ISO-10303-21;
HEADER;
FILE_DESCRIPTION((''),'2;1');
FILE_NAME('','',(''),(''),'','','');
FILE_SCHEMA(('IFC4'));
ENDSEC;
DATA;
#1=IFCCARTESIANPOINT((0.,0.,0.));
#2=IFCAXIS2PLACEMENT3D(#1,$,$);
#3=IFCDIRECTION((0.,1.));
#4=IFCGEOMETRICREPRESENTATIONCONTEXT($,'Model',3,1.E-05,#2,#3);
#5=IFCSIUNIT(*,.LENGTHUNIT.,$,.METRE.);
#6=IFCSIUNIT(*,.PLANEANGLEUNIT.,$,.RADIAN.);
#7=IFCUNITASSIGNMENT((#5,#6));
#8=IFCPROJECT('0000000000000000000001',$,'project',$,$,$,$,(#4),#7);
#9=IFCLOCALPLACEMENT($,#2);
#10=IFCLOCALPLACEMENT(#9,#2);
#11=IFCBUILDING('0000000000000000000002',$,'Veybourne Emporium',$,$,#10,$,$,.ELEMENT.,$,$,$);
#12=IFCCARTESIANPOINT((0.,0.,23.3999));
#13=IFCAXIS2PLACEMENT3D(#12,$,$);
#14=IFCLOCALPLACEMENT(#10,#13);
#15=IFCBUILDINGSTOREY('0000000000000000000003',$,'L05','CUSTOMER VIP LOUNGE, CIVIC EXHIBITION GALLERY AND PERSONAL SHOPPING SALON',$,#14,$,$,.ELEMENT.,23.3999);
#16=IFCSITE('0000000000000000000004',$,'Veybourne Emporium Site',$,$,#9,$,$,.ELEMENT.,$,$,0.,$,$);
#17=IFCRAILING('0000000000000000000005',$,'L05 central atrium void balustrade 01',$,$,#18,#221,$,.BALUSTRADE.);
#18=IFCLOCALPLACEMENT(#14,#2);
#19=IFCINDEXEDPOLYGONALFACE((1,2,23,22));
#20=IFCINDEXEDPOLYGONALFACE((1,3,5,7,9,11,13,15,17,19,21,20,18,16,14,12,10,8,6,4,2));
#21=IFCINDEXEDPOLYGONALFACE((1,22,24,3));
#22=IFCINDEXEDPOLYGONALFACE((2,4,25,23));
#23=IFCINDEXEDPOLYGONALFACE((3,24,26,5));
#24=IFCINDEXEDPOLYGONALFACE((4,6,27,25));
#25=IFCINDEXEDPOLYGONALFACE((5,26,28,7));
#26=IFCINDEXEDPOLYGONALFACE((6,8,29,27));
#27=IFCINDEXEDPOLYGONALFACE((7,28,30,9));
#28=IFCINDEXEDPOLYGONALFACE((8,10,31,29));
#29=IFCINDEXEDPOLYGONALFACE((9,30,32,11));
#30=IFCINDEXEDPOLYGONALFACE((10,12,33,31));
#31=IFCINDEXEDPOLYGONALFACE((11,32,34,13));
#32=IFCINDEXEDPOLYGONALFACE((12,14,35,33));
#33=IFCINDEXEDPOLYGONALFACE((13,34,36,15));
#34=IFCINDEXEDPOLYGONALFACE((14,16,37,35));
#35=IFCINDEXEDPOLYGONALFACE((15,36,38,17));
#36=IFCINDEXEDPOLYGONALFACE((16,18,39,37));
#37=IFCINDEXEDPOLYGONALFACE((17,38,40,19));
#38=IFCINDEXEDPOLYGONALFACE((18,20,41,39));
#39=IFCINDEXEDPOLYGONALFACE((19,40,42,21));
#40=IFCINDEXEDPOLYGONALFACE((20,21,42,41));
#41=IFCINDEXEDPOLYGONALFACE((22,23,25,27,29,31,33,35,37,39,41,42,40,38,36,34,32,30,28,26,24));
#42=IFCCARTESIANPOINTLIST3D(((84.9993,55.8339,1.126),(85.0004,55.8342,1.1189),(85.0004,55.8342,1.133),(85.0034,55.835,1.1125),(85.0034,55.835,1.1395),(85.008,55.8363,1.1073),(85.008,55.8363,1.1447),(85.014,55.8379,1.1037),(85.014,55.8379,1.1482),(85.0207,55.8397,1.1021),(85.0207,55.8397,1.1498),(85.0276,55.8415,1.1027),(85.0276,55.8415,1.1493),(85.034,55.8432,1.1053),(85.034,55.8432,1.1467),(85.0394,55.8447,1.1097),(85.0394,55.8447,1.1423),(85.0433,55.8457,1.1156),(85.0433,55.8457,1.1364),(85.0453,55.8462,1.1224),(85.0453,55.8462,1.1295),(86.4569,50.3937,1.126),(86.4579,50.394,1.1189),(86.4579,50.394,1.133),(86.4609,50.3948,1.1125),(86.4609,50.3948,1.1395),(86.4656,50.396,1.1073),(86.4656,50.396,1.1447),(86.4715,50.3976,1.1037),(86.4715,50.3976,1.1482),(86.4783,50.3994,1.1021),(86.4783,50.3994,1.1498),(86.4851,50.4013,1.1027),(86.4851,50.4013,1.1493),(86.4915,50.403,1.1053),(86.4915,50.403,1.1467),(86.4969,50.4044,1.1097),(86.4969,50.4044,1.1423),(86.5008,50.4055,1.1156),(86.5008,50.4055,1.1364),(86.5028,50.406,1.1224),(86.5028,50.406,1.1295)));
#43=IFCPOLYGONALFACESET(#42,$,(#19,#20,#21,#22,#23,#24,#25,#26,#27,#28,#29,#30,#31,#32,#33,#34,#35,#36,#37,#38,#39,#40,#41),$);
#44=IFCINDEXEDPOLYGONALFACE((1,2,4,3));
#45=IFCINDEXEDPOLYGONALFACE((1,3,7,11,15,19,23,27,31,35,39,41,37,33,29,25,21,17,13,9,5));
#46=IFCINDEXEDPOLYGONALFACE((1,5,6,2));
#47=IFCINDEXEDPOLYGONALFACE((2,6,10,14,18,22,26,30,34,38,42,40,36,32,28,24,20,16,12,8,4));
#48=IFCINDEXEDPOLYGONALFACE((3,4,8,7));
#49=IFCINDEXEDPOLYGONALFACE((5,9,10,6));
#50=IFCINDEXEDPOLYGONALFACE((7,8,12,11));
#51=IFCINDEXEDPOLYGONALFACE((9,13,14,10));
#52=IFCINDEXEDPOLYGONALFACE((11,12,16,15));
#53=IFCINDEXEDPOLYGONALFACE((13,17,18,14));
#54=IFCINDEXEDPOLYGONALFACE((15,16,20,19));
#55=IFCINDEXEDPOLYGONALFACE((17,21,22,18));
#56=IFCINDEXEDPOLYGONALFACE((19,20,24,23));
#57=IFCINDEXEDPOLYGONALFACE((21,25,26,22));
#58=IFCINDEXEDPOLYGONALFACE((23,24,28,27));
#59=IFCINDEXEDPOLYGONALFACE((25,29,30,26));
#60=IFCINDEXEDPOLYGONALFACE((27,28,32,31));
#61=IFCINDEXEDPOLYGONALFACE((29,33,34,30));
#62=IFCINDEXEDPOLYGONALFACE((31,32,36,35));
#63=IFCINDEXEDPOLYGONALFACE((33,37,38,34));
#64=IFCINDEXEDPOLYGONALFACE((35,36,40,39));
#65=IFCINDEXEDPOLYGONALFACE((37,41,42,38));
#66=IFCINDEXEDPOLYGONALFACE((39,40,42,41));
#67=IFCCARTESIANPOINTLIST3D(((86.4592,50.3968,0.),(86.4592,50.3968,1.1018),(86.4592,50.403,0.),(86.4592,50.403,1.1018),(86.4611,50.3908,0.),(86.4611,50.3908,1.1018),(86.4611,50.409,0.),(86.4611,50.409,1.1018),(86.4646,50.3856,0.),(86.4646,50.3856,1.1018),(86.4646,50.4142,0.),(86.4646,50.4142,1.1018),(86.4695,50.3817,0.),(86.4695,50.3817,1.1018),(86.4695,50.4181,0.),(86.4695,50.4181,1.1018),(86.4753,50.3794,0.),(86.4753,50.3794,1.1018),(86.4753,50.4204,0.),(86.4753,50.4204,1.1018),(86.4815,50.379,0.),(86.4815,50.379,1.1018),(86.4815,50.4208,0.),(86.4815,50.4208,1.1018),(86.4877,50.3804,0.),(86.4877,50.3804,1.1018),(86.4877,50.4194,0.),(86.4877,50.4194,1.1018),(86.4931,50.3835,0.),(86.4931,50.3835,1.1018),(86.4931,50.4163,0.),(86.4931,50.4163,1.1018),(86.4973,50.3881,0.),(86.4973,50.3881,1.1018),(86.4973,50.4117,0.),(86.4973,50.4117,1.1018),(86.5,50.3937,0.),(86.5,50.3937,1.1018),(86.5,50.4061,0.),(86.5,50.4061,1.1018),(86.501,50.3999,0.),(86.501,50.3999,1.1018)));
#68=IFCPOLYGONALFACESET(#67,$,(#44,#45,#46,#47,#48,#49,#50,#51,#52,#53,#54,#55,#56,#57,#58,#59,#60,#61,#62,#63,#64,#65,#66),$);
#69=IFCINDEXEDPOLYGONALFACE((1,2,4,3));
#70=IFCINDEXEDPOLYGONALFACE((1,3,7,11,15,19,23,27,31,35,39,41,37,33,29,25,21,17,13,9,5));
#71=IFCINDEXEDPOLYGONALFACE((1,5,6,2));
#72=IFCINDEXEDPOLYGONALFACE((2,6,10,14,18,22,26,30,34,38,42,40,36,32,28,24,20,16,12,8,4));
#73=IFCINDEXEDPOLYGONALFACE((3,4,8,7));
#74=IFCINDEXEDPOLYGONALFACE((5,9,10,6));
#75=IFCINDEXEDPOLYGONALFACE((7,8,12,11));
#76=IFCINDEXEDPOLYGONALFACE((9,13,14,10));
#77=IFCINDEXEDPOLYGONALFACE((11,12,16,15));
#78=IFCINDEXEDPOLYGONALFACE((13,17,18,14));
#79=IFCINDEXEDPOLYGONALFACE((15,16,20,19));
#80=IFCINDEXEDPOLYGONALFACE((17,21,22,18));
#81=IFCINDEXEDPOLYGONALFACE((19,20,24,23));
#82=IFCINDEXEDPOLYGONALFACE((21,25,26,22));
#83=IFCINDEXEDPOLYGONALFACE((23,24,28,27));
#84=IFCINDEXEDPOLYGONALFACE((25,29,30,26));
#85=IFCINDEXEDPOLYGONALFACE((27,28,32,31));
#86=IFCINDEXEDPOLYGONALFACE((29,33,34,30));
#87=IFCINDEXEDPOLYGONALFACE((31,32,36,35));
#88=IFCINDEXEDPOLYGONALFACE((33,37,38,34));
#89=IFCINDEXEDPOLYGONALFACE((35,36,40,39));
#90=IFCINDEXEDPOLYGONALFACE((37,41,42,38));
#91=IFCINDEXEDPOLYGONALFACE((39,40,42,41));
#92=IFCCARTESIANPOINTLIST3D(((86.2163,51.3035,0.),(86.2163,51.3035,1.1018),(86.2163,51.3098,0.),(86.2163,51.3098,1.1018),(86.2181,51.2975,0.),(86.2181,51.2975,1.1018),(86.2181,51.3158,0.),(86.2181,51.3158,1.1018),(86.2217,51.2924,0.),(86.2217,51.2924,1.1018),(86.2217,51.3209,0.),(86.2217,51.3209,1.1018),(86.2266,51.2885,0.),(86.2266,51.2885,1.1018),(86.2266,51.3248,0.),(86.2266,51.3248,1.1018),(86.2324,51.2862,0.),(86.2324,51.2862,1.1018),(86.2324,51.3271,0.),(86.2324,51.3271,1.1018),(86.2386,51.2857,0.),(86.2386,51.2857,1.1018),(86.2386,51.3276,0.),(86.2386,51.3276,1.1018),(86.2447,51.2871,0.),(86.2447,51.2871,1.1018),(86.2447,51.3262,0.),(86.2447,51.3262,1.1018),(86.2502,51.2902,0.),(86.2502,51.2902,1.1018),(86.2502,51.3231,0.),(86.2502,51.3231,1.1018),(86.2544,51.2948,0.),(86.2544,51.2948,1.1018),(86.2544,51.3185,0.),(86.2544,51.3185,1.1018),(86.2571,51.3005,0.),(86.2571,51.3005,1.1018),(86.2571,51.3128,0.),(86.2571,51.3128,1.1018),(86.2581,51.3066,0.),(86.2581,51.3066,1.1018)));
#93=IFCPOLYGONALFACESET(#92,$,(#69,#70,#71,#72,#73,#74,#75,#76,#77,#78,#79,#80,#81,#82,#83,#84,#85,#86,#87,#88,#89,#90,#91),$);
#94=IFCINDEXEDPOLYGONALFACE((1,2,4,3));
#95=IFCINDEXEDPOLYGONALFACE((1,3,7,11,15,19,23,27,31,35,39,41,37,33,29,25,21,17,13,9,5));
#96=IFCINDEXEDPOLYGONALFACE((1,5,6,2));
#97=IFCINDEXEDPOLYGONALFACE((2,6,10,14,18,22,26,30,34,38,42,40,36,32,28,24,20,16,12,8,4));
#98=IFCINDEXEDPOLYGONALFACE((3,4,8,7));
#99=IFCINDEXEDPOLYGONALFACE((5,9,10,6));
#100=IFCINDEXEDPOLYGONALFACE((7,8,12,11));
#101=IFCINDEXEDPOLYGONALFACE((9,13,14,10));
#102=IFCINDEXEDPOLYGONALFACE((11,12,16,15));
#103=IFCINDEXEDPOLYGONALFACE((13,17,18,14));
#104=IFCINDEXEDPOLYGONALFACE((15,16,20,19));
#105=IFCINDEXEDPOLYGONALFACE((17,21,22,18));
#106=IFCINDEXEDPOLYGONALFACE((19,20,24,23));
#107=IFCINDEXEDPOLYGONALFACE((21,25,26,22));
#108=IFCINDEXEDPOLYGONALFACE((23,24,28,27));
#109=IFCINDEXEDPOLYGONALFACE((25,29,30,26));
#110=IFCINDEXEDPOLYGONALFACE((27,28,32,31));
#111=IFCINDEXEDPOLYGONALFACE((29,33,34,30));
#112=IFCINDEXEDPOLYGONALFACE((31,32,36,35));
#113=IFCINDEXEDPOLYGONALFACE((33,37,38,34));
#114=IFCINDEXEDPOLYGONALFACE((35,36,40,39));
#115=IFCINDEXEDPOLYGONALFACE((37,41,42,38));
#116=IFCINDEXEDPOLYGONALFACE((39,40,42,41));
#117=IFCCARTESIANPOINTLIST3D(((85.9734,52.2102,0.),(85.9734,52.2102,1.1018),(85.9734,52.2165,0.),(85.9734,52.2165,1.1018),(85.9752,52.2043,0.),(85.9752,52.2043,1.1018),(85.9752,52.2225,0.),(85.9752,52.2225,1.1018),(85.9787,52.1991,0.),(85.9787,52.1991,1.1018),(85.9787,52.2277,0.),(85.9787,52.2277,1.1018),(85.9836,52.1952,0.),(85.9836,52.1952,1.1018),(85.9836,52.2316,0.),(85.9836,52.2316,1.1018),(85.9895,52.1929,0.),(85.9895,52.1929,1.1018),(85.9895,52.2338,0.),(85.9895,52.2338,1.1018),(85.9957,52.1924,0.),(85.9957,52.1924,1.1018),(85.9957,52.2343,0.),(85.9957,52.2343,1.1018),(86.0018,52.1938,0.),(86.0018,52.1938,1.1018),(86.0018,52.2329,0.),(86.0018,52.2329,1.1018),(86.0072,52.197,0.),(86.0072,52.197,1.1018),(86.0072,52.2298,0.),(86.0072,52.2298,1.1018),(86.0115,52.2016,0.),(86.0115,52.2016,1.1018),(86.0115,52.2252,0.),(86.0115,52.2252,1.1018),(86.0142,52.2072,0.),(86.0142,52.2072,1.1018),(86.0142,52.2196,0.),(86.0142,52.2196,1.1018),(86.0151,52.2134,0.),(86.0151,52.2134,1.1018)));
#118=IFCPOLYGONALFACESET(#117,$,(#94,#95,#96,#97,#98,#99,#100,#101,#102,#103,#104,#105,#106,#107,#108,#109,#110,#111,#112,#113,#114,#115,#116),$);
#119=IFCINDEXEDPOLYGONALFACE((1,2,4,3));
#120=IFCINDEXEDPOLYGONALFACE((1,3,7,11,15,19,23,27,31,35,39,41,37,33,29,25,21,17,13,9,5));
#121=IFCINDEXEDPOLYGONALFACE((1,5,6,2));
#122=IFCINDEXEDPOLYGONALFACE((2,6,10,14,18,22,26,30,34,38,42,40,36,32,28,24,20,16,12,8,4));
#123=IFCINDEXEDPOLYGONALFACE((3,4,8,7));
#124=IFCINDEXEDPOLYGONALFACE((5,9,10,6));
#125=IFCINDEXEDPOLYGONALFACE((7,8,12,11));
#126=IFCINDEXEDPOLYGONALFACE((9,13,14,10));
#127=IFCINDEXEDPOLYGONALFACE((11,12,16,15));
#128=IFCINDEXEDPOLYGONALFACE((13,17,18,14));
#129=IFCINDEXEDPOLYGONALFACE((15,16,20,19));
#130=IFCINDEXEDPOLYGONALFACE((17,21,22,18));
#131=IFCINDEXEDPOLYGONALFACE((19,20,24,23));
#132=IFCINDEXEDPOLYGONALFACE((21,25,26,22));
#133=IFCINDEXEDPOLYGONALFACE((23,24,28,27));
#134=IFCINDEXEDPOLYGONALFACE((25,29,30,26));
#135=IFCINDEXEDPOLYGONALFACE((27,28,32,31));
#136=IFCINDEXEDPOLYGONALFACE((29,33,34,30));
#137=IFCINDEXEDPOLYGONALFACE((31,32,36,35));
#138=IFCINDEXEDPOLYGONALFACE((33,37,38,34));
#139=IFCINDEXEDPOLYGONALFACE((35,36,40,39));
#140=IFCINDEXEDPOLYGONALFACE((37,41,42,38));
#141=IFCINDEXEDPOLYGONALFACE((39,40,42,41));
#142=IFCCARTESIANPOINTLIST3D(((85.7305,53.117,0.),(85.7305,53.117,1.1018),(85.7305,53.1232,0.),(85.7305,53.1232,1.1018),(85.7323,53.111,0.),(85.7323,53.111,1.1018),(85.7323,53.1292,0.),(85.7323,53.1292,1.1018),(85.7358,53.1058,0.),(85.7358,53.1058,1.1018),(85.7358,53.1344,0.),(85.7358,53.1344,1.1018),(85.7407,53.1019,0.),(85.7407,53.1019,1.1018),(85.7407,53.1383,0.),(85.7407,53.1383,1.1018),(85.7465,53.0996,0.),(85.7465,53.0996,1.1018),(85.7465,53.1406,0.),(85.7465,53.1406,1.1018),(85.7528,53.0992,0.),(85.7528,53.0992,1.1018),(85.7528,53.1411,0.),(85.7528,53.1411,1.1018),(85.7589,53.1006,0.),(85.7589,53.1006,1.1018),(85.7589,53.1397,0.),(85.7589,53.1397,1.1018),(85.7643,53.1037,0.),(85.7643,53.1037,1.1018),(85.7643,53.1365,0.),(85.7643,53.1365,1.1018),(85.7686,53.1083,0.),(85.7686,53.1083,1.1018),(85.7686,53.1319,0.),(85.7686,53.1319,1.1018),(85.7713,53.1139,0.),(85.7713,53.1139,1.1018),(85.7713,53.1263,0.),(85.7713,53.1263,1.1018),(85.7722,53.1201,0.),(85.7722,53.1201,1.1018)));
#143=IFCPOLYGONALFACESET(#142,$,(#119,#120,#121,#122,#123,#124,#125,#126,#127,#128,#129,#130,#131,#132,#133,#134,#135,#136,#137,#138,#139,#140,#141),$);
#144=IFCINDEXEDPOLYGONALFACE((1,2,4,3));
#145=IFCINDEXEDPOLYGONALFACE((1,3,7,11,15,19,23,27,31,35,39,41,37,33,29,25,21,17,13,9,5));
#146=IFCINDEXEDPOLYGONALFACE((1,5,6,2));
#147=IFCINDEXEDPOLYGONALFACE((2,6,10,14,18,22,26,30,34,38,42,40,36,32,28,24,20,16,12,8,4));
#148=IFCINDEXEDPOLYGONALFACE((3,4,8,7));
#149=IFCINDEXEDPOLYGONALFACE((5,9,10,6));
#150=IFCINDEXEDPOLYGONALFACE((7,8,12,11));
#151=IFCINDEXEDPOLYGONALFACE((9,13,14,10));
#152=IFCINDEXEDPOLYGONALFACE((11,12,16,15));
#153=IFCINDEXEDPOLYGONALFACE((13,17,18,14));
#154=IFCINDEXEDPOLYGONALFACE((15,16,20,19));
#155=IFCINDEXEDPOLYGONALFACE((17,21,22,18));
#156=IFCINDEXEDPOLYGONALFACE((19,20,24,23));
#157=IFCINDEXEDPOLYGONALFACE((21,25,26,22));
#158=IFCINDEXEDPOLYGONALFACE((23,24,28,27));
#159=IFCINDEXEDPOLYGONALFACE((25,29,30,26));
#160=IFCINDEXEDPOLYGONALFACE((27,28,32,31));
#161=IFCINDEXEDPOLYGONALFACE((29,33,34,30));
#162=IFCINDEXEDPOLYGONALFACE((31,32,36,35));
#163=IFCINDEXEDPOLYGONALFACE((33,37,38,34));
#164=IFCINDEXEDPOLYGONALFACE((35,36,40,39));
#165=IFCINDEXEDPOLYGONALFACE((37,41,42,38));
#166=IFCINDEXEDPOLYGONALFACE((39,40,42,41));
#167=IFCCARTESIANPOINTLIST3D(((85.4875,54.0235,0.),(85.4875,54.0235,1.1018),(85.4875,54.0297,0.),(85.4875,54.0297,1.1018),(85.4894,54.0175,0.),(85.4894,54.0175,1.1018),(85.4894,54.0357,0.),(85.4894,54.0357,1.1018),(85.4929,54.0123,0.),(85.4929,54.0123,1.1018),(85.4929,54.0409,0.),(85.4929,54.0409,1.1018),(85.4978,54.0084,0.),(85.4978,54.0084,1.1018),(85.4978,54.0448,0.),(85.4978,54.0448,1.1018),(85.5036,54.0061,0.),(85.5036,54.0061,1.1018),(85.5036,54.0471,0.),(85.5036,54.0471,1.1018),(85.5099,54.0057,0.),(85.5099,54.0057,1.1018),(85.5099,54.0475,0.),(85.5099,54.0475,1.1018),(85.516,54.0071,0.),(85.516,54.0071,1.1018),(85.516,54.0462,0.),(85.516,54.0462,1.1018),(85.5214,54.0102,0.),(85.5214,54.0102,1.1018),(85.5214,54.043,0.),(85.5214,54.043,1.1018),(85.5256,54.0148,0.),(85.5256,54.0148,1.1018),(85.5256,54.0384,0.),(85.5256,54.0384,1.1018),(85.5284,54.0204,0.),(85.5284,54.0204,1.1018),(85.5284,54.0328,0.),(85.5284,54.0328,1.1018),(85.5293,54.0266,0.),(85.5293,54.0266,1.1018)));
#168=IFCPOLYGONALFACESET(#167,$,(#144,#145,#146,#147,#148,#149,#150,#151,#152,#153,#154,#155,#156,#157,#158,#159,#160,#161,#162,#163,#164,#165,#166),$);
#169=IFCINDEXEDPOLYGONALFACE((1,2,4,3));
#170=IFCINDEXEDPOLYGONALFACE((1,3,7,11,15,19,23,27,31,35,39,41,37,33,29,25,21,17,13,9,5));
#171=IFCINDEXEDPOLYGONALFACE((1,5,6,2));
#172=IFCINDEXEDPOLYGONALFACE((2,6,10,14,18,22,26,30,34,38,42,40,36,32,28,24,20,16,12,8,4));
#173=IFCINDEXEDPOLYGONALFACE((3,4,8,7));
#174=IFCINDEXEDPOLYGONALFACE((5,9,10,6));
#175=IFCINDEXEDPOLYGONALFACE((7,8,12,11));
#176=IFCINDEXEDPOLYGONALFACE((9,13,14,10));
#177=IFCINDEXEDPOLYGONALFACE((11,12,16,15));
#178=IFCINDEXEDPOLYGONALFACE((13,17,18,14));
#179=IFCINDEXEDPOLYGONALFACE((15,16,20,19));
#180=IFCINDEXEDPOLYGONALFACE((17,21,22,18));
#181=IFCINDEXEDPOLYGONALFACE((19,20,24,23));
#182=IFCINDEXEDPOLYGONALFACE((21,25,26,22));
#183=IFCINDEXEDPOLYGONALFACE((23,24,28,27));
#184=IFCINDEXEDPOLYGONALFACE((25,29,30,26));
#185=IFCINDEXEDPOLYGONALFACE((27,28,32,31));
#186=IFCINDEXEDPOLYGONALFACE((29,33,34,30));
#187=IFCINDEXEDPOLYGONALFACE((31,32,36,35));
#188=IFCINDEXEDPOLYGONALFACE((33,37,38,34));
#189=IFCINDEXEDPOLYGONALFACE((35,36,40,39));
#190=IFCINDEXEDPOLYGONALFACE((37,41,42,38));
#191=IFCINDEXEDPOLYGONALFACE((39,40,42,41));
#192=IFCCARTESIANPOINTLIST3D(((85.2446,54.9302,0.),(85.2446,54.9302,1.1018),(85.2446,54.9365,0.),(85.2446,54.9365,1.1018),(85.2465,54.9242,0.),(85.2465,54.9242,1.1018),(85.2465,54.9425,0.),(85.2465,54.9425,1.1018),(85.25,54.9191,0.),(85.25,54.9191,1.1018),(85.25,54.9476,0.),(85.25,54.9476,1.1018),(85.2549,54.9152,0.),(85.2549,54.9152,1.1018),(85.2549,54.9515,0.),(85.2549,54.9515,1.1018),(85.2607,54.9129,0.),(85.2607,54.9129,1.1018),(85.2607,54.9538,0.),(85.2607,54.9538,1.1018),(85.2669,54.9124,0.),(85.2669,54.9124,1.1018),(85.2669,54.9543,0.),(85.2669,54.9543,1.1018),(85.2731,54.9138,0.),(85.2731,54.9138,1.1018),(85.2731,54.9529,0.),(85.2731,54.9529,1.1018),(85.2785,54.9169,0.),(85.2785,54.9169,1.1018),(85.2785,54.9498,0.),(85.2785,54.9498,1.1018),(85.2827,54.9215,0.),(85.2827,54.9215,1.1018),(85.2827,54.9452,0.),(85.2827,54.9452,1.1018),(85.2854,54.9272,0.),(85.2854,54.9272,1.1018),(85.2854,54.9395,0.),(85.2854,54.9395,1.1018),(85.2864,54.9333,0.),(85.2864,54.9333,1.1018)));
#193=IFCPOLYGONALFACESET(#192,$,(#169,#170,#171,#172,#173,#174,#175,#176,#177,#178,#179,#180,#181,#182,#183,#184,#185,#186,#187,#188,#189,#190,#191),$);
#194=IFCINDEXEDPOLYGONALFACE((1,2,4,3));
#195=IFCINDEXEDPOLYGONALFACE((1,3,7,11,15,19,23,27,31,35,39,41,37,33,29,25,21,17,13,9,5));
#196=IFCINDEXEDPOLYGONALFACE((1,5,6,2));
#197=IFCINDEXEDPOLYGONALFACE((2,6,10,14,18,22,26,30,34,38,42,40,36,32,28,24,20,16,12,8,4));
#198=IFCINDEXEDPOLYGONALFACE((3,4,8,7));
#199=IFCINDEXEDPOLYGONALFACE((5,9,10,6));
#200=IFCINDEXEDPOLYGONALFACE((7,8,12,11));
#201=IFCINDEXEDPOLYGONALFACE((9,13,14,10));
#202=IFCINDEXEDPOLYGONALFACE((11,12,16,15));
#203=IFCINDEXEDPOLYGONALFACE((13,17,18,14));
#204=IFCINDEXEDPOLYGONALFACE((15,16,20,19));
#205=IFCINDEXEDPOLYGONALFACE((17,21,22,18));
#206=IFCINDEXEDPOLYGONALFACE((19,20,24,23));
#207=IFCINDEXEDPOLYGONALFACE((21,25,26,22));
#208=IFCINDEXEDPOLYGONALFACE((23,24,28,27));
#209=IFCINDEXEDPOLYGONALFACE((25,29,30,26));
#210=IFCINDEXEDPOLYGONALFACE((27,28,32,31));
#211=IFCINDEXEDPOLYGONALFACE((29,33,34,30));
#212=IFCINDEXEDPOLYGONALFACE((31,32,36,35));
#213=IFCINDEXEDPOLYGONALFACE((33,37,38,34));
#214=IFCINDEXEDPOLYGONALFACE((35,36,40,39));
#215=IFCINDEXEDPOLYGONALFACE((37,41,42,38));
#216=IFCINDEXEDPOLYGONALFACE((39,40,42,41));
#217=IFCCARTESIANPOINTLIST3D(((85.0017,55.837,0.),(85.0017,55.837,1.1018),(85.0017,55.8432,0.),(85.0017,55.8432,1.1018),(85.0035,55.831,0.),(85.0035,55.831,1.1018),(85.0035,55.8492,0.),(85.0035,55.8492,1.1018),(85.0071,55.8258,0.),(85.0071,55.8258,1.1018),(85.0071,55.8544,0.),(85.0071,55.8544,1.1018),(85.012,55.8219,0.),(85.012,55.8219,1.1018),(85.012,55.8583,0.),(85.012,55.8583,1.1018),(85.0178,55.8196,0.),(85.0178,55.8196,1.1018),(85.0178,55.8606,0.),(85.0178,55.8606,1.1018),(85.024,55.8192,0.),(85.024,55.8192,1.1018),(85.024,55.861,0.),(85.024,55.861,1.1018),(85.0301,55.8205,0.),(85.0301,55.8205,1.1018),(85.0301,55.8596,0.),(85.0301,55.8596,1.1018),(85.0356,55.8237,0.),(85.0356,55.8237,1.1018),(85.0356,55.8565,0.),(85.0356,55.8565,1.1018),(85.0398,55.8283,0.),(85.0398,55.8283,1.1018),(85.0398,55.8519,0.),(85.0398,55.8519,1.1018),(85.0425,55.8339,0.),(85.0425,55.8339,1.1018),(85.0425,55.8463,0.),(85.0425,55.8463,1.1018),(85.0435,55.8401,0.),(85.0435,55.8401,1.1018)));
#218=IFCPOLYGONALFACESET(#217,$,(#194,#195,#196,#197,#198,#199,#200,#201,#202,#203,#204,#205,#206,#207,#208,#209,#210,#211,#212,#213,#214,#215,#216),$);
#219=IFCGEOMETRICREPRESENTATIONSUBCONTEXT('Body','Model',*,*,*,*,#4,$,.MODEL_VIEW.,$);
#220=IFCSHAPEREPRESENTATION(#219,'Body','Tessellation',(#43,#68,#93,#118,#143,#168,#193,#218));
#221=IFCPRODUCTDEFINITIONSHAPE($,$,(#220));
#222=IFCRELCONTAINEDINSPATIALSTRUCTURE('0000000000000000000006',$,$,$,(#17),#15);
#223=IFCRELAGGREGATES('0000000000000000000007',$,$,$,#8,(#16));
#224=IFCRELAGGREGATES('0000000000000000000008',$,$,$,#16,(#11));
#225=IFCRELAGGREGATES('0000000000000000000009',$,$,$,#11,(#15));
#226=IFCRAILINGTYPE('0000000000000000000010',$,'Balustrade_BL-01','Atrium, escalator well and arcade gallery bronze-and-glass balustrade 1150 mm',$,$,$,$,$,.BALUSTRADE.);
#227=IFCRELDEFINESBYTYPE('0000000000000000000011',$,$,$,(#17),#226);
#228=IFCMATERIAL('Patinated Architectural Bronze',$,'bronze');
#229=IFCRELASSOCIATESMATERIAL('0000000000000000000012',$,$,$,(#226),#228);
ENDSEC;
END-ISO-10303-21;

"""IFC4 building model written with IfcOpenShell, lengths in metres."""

from ifc_helpers import new_model, si_unit, direction, frame, origin, origin_2d, place, context, subcontext, project, spatial, circle, extrude, material, type_object, element, save


model = new_model("IFC4")

# Units and contexts
model_context = context("Model", 3, precision=1e-05, world=origin(), true_north=direction((0.0, 1.0)))
body_context = subcontext(model_context, "Body", "Model", "MODEL_VIEW")
ifc_project = project(units=[si_unit("LENGTHUNIT", "METRE"), si_unit("PLANEANGLEUNIT", "RADIAN")], contexts=[model_context])

# Site, building, storey
site_placement = place(None, origin())
site = spatial("IfcSite", under=ifc_project, at=site_placement, Name="Veybourne Emporium Site", CompositionType="ELEMENT", RefElevation=0.0)
building_placement = place(site_placement, origin())
building = spatial("IfcBuilding", under=site, at=building_placement, Name="Veybourne Emporium", CompositionType="ELEMENT")
storey_placement = place(building_placement, frame((0.0, 0.0, 23.3999)))
storey = spatial("IfcBuildingStorey", under=building, at=storey_placement, Name="L05", Description="CUSTOMER VIP LOUNGE, CIVIC EXHIBITION GALLERY AND PERSONAL SHOPPING SALON", CompositionType="ELEMENT", Elevation=23.3999)

# Shared definitions
ifc_material_1 = material(Name="Patinated Architectural Bronze", Category="bronze")

# Railing
railing_type = type_object("IfcRailingType", Name="Balustrade_BL-01", Description="Atrium, escalator well and arcade gallery bronze-and-glass balustrade 1150 mm", PredefinedType="BALUSTRADE", material=ifc_material_1)
railing_1_placement = place(storey_placement, frame((86.48, 50.3999, 0.0)))
element("IfcRailing", 1, at=railing_1_placement, inside=storey, type_object=railing_type, Name="L05 central atrium void balustrade 01", PredefinedType="BALUSTRADE", context=body_context, shape_type="SweptSolid", body=[
    extrude(circle(Radius=0.0239, at=origin_2d()), frame((0.0, 0.0, 1.126), z_axis=(-0.25879, 0.965934, 0.0), x_axis=(-0.965934, -0.25879, 0.0)), (0.0, 0.0, 1.0), 5.6321),
    extrude(circle(Radius=0.021, at=origin_2d()), origin(), (0.0, 0.0, 1.0), 1.1018),
    extrude(circle(Radius=0.021, at=origin_2d()), frame((-0.2429, 0.9067, 0.0)), (0.0, 0.0, 1.0), 1.1018),
    extrude(circle(Radius=0.021, at=origin_2d()), frame((-0.4858, 1.8135, 0.0)), (0.0, 0.0, 1.0), 1.1018),
    extrude(circle(Radius=0.021, at=origin_2d()), frame((-0.7288, 2.7202, 0.0)), (0.0, 0.0, 1.0), 1.1018),
    extrude(circle(Radius=0.021, at=origin_2d()), frame((-0.9717, 3.6267, 0.0)), (0.0, 0.0, 1.0), 1.1018),
    extrude(circle(Radius=0.021, at=origin_2d()), frame((-1.2146, 4.5334, 0.0)), (0.0, 0.0, 1.0), 1.1018),
    extrude(circle(Radius=0.021, at=origin_2d()), frame((-1.4575, 5.4402, 0.0)), (0.0, 0.0, 1.0), 1.1018),
])

save(model, "model.ifc")
